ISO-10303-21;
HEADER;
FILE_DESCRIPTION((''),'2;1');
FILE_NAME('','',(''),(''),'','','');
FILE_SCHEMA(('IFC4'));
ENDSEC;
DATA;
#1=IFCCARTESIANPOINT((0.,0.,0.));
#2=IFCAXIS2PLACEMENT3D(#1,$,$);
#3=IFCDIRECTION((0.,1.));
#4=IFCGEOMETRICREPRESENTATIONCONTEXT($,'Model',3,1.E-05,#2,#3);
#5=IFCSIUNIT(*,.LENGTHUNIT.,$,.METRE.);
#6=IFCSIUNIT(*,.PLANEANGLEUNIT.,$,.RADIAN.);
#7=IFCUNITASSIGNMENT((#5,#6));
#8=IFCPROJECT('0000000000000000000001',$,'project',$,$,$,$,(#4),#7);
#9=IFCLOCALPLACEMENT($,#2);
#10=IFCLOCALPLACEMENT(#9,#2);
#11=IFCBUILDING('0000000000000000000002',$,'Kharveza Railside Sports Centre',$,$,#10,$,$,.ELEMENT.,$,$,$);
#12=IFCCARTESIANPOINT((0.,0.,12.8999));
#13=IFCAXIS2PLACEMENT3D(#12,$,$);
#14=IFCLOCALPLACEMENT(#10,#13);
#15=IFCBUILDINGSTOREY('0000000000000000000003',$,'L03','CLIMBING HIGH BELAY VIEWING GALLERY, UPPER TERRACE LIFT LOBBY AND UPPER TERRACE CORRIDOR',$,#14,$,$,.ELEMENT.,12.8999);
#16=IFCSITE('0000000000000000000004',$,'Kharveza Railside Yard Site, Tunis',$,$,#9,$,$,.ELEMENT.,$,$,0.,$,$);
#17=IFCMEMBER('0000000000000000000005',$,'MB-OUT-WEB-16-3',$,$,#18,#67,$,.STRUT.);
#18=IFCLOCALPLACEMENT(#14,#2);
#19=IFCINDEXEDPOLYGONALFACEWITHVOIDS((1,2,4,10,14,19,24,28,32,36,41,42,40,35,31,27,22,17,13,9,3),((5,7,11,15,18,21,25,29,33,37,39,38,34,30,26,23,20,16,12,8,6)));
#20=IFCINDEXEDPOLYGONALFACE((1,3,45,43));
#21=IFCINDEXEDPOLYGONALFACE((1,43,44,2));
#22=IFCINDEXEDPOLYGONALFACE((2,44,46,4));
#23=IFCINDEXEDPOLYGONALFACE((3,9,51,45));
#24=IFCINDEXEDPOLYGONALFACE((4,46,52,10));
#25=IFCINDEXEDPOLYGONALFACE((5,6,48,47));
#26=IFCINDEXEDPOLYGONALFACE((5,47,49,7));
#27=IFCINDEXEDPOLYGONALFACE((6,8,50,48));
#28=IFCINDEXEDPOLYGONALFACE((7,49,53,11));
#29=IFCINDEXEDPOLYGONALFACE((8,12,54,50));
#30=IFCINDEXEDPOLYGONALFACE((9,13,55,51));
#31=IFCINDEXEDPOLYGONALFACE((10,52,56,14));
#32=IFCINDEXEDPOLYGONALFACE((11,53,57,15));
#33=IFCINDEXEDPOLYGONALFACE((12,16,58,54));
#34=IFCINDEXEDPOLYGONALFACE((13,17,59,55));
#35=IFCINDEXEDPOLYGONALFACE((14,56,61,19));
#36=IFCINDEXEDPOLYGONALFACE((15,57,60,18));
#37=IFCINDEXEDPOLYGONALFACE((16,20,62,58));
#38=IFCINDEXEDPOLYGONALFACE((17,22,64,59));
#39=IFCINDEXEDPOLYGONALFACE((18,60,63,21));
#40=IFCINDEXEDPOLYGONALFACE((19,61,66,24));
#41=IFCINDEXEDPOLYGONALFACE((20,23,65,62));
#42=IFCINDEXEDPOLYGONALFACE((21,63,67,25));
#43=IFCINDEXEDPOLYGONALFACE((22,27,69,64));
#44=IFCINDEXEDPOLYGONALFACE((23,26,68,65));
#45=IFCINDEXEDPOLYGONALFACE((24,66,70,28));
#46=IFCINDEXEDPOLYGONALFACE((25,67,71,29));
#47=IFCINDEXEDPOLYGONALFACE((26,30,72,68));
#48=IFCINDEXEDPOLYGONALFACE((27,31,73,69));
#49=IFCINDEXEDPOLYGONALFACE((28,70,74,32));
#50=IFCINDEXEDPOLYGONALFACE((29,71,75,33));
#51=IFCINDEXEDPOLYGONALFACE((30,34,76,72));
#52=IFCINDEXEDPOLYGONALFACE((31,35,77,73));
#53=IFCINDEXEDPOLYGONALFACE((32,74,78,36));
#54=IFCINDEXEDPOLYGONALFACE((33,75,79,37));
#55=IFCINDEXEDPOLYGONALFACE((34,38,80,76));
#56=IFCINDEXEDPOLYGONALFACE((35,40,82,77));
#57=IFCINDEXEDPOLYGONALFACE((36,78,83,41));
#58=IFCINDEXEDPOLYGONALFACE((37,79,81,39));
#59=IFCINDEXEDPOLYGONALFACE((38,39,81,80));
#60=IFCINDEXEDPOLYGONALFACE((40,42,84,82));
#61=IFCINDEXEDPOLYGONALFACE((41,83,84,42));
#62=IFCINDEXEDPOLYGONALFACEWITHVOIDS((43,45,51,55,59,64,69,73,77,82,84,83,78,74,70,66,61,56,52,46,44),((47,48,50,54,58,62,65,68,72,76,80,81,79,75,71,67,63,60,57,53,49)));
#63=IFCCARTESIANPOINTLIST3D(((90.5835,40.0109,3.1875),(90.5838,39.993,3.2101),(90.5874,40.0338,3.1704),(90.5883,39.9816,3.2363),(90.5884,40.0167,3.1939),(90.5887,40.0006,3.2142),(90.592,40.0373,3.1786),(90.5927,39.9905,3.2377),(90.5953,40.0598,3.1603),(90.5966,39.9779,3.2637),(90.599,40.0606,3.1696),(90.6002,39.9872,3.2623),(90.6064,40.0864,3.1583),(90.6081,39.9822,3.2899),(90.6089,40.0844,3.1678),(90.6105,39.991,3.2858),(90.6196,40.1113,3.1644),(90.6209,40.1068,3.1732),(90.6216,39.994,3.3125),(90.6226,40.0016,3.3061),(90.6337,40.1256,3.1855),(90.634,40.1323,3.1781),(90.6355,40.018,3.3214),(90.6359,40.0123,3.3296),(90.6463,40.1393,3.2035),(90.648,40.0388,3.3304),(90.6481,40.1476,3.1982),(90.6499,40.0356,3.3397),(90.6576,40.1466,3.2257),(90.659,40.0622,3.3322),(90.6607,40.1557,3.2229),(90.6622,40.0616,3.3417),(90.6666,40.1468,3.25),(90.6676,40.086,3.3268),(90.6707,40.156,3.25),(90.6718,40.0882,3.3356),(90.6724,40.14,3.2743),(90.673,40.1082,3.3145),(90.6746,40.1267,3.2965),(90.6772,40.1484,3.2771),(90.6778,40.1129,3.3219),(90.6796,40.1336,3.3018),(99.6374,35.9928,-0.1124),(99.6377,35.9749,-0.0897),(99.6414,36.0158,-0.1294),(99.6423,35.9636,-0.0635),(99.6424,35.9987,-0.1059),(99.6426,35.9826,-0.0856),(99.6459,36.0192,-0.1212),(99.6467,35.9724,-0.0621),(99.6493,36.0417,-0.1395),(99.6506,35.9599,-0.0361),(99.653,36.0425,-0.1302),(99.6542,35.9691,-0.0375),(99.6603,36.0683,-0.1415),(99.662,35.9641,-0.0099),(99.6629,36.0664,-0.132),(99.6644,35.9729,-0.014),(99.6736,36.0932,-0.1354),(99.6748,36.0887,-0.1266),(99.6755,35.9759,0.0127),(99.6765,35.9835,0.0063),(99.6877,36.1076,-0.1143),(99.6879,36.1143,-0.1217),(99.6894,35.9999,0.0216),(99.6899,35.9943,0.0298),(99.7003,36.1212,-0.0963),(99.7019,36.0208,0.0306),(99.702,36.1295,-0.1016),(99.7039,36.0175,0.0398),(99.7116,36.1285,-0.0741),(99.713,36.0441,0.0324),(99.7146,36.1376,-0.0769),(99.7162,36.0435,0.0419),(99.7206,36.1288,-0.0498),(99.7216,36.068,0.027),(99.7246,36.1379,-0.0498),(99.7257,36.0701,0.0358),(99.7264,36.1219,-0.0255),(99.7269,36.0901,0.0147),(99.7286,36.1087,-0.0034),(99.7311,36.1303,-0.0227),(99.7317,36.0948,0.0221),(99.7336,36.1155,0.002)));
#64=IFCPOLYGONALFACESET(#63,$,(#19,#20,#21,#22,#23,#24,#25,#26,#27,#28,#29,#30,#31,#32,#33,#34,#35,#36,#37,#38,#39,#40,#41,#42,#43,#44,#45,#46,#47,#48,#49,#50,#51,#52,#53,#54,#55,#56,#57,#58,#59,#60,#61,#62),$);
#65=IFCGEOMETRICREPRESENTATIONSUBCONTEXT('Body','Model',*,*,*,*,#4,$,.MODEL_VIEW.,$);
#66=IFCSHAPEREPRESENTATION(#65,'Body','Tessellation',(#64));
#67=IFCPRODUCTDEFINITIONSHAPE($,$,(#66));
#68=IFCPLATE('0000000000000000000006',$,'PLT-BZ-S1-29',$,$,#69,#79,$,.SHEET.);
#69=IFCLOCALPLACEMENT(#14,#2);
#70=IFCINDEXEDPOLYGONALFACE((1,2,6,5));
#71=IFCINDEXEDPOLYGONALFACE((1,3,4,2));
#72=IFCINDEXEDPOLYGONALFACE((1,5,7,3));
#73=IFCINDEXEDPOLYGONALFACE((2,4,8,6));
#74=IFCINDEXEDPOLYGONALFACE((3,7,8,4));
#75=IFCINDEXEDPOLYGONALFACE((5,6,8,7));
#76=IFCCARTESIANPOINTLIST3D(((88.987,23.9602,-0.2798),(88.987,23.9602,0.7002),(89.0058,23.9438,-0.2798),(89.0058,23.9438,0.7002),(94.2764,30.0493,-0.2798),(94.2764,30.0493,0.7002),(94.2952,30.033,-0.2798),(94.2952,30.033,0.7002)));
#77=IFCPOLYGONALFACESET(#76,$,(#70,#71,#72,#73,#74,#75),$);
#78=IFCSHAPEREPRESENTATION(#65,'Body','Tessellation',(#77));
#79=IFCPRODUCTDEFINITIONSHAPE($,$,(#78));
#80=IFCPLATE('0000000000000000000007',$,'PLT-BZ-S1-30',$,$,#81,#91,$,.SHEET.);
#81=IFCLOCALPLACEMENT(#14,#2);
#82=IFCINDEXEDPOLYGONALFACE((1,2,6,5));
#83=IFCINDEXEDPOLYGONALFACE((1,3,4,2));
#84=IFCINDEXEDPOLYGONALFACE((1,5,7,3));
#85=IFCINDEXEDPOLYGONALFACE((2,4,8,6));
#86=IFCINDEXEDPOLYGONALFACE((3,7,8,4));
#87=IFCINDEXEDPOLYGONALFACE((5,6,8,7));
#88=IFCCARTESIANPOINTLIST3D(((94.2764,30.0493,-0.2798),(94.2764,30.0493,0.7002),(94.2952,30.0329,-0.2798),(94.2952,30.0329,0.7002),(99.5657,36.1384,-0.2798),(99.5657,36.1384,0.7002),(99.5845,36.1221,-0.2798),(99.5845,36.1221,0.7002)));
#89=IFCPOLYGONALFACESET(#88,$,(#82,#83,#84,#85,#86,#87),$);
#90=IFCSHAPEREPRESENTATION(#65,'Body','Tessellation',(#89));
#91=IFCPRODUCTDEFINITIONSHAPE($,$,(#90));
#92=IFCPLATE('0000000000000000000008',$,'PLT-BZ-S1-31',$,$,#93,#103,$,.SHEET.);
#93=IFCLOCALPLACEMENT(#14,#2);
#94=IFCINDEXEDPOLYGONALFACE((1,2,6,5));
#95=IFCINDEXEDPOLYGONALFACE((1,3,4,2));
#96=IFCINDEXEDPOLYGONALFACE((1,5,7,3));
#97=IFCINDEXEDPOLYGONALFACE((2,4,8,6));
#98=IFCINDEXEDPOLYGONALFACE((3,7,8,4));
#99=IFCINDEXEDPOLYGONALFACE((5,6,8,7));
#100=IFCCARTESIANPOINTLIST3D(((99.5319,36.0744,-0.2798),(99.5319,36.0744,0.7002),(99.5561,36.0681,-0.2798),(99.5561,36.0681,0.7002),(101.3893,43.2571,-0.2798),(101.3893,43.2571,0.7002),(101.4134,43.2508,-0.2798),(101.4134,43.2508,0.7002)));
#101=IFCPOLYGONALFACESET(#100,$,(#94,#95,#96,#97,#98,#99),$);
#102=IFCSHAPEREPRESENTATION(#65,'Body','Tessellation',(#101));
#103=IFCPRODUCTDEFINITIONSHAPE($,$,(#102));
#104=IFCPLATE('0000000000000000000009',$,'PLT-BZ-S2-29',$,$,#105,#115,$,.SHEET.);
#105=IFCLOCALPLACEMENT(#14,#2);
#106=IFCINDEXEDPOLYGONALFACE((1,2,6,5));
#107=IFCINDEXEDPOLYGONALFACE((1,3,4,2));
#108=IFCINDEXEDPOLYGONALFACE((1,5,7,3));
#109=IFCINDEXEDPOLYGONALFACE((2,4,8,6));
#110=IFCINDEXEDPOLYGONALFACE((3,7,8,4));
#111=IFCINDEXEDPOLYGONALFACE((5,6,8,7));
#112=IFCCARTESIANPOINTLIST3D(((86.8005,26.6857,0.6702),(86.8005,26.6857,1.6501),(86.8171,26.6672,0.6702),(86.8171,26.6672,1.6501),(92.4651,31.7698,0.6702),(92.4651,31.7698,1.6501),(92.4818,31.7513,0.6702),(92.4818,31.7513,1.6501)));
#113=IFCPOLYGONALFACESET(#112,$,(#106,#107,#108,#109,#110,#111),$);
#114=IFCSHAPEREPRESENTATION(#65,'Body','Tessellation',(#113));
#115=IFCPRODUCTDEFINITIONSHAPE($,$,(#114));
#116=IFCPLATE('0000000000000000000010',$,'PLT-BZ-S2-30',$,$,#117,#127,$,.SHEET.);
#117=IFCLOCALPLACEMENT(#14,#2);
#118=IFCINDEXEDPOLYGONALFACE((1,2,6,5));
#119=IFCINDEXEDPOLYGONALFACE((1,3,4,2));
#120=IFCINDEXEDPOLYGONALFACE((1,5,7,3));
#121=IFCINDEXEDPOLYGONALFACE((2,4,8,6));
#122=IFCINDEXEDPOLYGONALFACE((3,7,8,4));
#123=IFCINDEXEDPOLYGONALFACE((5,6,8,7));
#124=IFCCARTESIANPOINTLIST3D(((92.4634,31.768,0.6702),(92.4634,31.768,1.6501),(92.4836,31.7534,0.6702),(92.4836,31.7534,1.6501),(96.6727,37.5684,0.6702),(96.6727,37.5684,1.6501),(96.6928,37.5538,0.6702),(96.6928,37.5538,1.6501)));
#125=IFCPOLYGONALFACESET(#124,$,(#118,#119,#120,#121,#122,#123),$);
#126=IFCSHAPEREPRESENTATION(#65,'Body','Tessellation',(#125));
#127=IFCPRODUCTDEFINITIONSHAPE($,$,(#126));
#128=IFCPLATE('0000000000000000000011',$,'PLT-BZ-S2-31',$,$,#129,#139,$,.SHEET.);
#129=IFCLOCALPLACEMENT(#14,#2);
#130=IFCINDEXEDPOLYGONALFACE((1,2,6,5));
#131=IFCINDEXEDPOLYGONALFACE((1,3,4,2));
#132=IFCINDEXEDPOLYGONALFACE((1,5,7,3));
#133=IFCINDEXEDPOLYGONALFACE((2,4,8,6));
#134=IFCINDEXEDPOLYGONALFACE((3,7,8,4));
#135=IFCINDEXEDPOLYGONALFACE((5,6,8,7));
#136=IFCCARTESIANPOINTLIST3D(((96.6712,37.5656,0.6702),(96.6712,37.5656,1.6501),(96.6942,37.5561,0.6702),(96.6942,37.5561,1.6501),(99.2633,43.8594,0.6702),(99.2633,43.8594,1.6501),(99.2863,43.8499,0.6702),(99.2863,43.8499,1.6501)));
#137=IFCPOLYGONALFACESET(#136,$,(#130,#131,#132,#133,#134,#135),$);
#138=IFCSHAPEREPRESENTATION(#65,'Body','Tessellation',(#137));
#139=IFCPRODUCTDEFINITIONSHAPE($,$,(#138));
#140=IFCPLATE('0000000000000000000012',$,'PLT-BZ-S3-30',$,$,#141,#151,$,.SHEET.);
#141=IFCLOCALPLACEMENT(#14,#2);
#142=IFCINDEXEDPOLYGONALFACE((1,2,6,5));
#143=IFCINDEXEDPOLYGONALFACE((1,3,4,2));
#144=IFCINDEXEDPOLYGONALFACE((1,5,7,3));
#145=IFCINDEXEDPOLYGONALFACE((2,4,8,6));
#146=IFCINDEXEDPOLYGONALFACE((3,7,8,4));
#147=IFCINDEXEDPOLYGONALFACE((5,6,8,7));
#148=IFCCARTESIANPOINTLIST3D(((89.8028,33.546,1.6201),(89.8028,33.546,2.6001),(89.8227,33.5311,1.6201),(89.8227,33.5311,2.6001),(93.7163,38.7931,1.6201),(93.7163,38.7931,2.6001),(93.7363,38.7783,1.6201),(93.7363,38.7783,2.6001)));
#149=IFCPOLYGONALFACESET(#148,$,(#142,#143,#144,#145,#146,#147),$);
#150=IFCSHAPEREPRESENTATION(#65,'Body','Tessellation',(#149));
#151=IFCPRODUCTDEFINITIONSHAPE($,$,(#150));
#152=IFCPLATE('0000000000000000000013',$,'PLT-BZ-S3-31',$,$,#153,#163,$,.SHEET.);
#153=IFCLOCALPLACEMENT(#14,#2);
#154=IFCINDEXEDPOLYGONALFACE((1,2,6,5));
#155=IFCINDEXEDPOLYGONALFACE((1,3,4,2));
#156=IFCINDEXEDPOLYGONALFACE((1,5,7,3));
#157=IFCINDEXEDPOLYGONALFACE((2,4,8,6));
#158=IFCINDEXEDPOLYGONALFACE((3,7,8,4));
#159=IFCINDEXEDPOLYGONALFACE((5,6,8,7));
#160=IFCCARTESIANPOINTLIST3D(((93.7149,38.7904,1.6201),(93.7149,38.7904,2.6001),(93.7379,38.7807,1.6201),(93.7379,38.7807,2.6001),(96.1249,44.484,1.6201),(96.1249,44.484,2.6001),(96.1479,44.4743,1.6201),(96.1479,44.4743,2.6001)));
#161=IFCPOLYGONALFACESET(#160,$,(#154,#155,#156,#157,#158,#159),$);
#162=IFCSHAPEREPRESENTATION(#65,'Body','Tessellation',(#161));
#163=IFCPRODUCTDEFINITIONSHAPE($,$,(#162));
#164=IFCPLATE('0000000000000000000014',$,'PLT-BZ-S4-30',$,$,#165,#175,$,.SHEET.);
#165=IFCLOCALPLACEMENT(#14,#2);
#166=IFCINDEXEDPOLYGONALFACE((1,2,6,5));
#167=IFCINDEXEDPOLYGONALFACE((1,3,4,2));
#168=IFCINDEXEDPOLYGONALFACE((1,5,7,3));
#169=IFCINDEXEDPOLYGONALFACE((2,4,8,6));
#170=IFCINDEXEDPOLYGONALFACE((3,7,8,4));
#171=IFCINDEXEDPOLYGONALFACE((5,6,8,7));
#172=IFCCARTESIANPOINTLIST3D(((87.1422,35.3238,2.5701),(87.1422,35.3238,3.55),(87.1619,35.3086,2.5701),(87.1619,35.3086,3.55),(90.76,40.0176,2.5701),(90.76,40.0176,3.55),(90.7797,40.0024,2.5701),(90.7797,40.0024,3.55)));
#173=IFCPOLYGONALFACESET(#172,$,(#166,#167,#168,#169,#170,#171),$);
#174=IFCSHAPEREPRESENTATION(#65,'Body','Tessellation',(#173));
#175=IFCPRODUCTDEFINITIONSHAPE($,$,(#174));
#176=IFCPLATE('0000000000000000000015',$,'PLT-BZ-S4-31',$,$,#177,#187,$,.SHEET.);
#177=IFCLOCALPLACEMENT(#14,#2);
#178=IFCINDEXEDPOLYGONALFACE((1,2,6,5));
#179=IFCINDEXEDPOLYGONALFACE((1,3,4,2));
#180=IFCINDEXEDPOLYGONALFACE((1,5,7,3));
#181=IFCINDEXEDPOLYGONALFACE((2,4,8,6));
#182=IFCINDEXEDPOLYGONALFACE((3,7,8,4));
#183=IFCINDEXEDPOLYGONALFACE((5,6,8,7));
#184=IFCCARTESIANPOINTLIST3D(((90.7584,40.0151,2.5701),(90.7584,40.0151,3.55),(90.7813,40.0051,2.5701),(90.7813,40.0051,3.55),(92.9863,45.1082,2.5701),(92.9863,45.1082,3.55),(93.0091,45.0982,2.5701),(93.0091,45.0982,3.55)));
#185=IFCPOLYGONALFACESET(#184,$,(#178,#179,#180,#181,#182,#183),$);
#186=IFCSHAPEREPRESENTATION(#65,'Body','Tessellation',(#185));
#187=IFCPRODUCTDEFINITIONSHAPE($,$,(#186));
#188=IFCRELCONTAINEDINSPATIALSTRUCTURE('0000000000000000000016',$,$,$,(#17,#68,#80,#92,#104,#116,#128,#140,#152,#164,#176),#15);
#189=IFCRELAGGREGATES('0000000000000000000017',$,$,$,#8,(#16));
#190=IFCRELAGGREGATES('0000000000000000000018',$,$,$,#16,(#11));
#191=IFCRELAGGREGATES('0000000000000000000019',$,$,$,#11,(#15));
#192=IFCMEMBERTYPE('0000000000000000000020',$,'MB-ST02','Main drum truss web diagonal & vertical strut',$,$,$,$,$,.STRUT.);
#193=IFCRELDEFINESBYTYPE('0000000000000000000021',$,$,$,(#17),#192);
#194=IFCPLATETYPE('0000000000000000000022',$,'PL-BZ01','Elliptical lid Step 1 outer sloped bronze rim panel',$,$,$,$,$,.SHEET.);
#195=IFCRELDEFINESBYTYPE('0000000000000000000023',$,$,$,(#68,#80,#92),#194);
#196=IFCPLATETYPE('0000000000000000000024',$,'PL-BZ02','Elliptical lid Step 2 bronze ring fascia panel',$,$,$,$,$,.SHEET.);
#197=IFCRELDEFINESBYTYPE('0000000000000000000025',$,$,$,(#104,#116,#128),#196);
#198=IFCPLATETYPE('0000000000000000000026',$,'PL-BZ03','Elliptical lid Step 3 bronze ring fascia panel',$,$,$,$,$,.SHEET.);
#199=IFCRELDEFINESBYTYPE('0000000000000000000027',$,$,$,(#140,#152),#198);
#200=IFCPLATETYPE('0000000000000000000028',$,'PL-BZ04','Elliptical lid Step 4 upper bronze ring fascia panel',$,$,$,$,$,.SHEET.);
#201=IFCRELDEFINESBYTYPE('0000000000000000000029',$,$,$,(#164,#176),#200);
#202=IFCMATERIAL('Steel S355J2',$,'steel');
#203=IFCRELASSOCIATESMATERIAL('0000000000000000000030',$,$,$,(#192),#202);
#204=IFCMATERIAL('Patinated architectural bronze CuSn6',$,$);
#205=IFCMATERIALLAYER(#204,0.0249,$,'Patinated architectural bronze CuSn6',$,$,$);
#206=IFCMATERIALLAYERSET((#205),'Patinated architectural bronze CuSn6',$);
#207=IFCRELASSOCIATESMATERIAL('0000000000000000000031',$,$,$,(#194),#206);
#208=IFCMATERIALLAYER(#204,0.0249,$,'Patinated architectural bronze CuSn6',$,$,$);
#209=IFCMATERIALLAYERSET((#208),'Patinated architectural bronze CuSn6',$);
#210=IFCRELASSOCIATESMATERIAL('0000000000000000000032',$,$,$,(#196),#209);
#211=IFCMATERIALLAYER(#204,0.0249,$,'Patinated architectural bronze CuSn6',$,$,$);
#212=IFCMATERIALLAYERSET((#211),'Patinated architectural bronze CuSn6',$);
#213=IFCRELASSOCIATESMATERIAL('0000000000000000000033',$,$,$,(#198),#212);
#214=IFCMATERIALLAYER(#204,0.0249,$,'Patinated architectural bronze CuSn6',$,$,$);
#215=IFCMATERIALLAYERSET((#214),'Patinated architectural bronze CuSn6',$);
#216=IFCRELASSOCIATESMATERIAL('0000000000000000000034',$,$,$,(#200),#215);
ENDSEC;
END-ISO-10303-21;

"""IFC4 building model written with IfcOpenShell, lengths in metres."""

from ifc_helpers import new_model, si_unit, direction, frame, origin, origin_2d, place, context, subcontext, project, spatial, rectangle, hollow_circle, extrude, material, layer, layer_set, material_profile, profile_set, type_object, element, save


model = new_model("IFC4")

# Units and contexts
model_context = context("Model", 3, precision=1e-05, world=origin(), true_north=direction((0.0, 1.0)))
body_context = subcontext(model_context, "Body", "Model", "MODEL_VIEW")
ifc_project = project(units=[si_unit("LENGTHUNIT", "METRE"), si_unit("PLANEANGLEUNIT", "RADIAN")], contexts=[model_context])

# Site, building, storey
site_placement = place(None, origin())
site = spatial("IfcSite", under=ifc_project, at=site_placement, Name="Kharveza Railside Yard Site, Tunis", CompositionType="ELEMENT", RefElevation=0.0)
building_placement = place(site_placement, origin())
building = spatial("IfcBuilding", under=site, at=building_placement, Name="Kharveza Railside Sports Centre", CompositionType="ELEMENT")
storey_placement = place(building_placement, frame((0.0, 0.0, 12.8999)))
storey = spatial("IfcBuildingStorey", under=building, at=storey_placement, Name="L03", Description="CLIMBING HIGH BELAY VIEWING GALLERY, UPPER TERRACE LIFT LOBBY AND UPPER TERRACE CORRIDOR", CompositionType="ELEMENT", Elevation=12.8999)

# Shared definitions
ifc_material_1 = material(Name="Steel S355J2", Category="steel")

# Member
ifc_material_profile_1 = material_profile(ifc_material_1, hollow_circle(Radius=0.0969, WallThickness=0.01, at=origin_2d()), Name="CHS 193.7x10.0")
ifc_profile_set_1 = profile_set([ifc_material_profile_1], Name="Steel S355J2")
member_type_1 = type_object("IfcMemberType", Name="MB-ST02", Description="Main drum truss web diagonal & vertical strut", PredefinedType="STRUT", material=ifc_profile_set_1)
member_1_placement = place(storey_placement, frame((90.6313, 40.0674, 3.25), z_axis=(0.867181, -0.384847, -0.316053), x_axis=(0.40564, 0.914033, 0.0)))
element("IfcMember", 1, at=member_1_placement, inside=storey, type_object=member_type_1, Name="MB-OUT-WEB-16-3", PredefinedType="STRUT", context=body_context, shape_type="SweptSolid", body=[
    extrude(hollow_circle(Radius=0.0969, WallThickness=0.01, at=origin_2d()), origin(), (0.0, 0.0, 1.0), 10.4407),
])

# Plates
ifc_material_2 = material(Name="Patinated architectural bronze CuSn6")
ifc_layer_1 = layer(ifc_material_2, 0.0249, Name="Patinated architectural bronze CuSn6")
ifc_layer_set_1 = layer_set([ifc_layer_1], Name="Patinated architectural bronze CuSn6")
plate_type_1 = type_object("IfcPlateType", Name="PL-BZ01", Description="Elliptical lid Step 1 outer sloped bronze rim panel", PredefinedType="SHEET", material=ifc_layer_set_1)
for number, where, z_axis, x_axis, name in (
    (2, (91.6411, 26.9966, -0.2798), (0.0, 0.0, 1.0), (0.655782, 0.75495, 0.0), "PLT-BZ-S1-29"),
    (3, (96.9304, 33.0857, -0.2798), (0.0, 0.0, 1.0), (0.655782, 0.75495, 0.0), "PLT-BZ-S1-30"),
):
    element("IfcPlate", number, at=place(storey_placement, frame(where, z_axis=z_axis, x_axis=x_axis)), inside=storey, type_object=plate_type_1, Name=name, PredefinedType="SHEET", context=body_context, shape_type="SweptSolid", body=[
        extrude(rectangle(XDim=8.0657, YDim=0.0249, at=origin_2d()), origin(), (0.0, 0.0, 1.0), 0.98),
    ])
plate_1_placement = place(storey_placement, frame((100.4727, 39.6626, -0.2798), z_axis=(0.0, 0.0, 1.0), x_axis=(0.250346, 0.968156, 0.0)))
element("IfcPlate", 4, at=plate_1_placement, inside=storey, type_object=plate_type_1, Name="PLT-BZ-S1-31", PredefinedType="SHEET", context=body_context, shape_type="SweptSolid", body=[
    extrude(rectangle(XDim=7.4189, YDim=0.0249, at=origin_2d()), origin(), (0.0, 0.0, 1.0), 0.98),
])
ifc_layer_2 = layer(ifc_material_2, 0.0249, Name="Patinated architectural bronze CuSn6")
ifc_layer_set_2 = layer_set([ifc_layer_2], Name="Patinated architectural bronze CuSn6")
plate_type_2 = type_object("IfcPlateType", Name="PL-BZ02", Description="Elliptical lid Step 2 bronze ring fascia panel", PredefinedType="SHEET", material=ifc_layer_set_2)
plate_2_placement = place(storey_placement, frame((89.6411, 29.2185, 0.6702), z_axis=(0.0, 0.0, 1.0), x_axis=(0.744218, 0.667936, 0.0)))
element("IfcPlate", 5, at=plate_2_placement, inside=storey, type_object=plate_type_2, Name="PLT-BZ-S2-29", PredefinedType="SHEET", context=body_context, shape_type="SweptSolid", body=[
    extrude(rectangle(XDim=7.6116, YDim=0.0249, at=origin_2d()), origin(), (0.0, 0.0, 1.0), 0.98),
])
plate_3_placement = place(storey_placement, frame((94.5781, 34.6609, 0.6702), z_axis=(0.0, 0.0, 1.0), x_axis=(0.587333, 0.809345, 0.0)))
element("IfcPlate", 6, at=plate_3_placement, inside=storey, type_object=plate_type_2, Name="PLT-BZ-S2-30", PredefinedType="SHEET", context=body_context, shape_type="SweptSolid", body=[
    extrude(rectangle(XDim=7.1667, YDim=0.0249, at=origin_2d()), origin(), (0.0, 0.0, 1.0), 0.98),
])
plate_4_placement = place(storey_placement, frame((97.9788, 40.7078, 0.6702), z_axis=(0.0, 0.0, 1.0), x_axis=(0.380812, 0.924652, 0.0)))
element("IfcPlate", 7, at=plate_4_placement, inside=storey, type_object=plate_type_2, Name="PLT-BZ-S2-31", PredefinedType="SHEET", context=body_context, shape_type="SweptSolid", body=[
    extrude(rectangle(XDim=6.8066, YDim=0.0249, at=origin_2d()), origin(), (0.0, 0.0, 1.0), 0.98),
])
ifc_layer_3 = layer(ifc_material_2, 0.0249, Name="Patinated architectural bronze CuSn6")
ifc_layer_set_3 = layer_set([ifc_layer_3], Name="Patinated architectural bronze CuSn6")
plate_type_3 = type_object("IfcPlateType", Name="PL-BZ03", Description="Elliptical lid Step 3 bronze ring fascia panel", PredefinedType="SHEET", material=ifc_layer_set_3)
plate_5_placement = place(storey_placement, frame((91.7695, 36.1621, 1.6201), z_axis=(0.0, 0.0, 1.0), x_axis=(0.597863, 0.801598, 0.0)))
element("IfcPlate", 8, at=plate_5_placement, inside=storey, type_object=plate_type_3, Name="PLT-BZ-S3-30", PredefinedType="SHEET", context=body_context, shape_type="SweptSolid", body=[
    extrude(rectangle(XDim=6.5459, YDim=0.0249, at=origin_2d()), origin(), (0.0, 0.0, 1.0), 0.98),
])
plate_6_placement = place(storey_placement, frame((94.9314, 41.6323, 1.6201), z_axis=(0.0, 0.0, 1.0), x_axis=(0.389799, 0.9209, 0.0)))
element("IfcPlate", 9, at=plate_6_placement, inside=storey, type_object=plate_type_3, Name="PLT-BZ-S3-31", PredefinedType="SHEET", context=body_context, shape_type="SweptSolid", body=[
    extrude(rectangle(XDim=6.1826, YDim=0.0249, at=origin_2d()), origin(), (0.0, 0.0, 1.0), 0.98),
])
ifc_layer_4 = layer(ifc_material_2, 0.0249, Name="Patinated architectural bronze CuSn6")
ifc_layer_set_4 = layer_set([ifc_layer_4], Name="Patinated architectural bronze CuSn6")
plate_type_4 = type_object("IfcPlateType", Name="PL-BZ04", Description="Elliptical lid Step 4 upper bronze ring fascia panel", PredefinedType="SHEET", material=ifc_layer_set_4)
plate_7_placement = place(storey_placement, frame((88.9609, 37.6631, 2.5701), z_axis=(0.0, 0.0, 1.0), x_axis=(0.610477, 0.792034, 0.0)))
element("IfcPlate", 10, at=plate_7_placement, inside=storey, type_object=plate_type_4, Name="PLT-BZ-S4-30", PredefinedType="SHEET", context=body_context, shape_type="SweptSolid", body=[
    extrude(rectangle(XDim=5.9263, YDim=0.0249, at=origin_2d()), origin(), (0.0, 0.0, 1.0), 0.98),
])
plate_8_placement = place(storey_placement, frame((91.8838, 42.5566, 2.5701), z_axis=(0.0, 0.0, 1.0), x_axis=(0.400765, 0.916181, 0.0)))
element("IfcPlate", 11, at=plate_8_placement, inside=storey, type_object=plate_type_4, Name="PLT-BZ-S4-31", PredefinedType="SHEET", context=body_context, shape_type="SweptSolid", body=[
    extrude(rectangle(XDim=5.5591, YDim=0.0249, at=origin_2d()), origin(), (0.0, 0.0, 1.0), 0.98),
])

save(model, "model.ifc")
